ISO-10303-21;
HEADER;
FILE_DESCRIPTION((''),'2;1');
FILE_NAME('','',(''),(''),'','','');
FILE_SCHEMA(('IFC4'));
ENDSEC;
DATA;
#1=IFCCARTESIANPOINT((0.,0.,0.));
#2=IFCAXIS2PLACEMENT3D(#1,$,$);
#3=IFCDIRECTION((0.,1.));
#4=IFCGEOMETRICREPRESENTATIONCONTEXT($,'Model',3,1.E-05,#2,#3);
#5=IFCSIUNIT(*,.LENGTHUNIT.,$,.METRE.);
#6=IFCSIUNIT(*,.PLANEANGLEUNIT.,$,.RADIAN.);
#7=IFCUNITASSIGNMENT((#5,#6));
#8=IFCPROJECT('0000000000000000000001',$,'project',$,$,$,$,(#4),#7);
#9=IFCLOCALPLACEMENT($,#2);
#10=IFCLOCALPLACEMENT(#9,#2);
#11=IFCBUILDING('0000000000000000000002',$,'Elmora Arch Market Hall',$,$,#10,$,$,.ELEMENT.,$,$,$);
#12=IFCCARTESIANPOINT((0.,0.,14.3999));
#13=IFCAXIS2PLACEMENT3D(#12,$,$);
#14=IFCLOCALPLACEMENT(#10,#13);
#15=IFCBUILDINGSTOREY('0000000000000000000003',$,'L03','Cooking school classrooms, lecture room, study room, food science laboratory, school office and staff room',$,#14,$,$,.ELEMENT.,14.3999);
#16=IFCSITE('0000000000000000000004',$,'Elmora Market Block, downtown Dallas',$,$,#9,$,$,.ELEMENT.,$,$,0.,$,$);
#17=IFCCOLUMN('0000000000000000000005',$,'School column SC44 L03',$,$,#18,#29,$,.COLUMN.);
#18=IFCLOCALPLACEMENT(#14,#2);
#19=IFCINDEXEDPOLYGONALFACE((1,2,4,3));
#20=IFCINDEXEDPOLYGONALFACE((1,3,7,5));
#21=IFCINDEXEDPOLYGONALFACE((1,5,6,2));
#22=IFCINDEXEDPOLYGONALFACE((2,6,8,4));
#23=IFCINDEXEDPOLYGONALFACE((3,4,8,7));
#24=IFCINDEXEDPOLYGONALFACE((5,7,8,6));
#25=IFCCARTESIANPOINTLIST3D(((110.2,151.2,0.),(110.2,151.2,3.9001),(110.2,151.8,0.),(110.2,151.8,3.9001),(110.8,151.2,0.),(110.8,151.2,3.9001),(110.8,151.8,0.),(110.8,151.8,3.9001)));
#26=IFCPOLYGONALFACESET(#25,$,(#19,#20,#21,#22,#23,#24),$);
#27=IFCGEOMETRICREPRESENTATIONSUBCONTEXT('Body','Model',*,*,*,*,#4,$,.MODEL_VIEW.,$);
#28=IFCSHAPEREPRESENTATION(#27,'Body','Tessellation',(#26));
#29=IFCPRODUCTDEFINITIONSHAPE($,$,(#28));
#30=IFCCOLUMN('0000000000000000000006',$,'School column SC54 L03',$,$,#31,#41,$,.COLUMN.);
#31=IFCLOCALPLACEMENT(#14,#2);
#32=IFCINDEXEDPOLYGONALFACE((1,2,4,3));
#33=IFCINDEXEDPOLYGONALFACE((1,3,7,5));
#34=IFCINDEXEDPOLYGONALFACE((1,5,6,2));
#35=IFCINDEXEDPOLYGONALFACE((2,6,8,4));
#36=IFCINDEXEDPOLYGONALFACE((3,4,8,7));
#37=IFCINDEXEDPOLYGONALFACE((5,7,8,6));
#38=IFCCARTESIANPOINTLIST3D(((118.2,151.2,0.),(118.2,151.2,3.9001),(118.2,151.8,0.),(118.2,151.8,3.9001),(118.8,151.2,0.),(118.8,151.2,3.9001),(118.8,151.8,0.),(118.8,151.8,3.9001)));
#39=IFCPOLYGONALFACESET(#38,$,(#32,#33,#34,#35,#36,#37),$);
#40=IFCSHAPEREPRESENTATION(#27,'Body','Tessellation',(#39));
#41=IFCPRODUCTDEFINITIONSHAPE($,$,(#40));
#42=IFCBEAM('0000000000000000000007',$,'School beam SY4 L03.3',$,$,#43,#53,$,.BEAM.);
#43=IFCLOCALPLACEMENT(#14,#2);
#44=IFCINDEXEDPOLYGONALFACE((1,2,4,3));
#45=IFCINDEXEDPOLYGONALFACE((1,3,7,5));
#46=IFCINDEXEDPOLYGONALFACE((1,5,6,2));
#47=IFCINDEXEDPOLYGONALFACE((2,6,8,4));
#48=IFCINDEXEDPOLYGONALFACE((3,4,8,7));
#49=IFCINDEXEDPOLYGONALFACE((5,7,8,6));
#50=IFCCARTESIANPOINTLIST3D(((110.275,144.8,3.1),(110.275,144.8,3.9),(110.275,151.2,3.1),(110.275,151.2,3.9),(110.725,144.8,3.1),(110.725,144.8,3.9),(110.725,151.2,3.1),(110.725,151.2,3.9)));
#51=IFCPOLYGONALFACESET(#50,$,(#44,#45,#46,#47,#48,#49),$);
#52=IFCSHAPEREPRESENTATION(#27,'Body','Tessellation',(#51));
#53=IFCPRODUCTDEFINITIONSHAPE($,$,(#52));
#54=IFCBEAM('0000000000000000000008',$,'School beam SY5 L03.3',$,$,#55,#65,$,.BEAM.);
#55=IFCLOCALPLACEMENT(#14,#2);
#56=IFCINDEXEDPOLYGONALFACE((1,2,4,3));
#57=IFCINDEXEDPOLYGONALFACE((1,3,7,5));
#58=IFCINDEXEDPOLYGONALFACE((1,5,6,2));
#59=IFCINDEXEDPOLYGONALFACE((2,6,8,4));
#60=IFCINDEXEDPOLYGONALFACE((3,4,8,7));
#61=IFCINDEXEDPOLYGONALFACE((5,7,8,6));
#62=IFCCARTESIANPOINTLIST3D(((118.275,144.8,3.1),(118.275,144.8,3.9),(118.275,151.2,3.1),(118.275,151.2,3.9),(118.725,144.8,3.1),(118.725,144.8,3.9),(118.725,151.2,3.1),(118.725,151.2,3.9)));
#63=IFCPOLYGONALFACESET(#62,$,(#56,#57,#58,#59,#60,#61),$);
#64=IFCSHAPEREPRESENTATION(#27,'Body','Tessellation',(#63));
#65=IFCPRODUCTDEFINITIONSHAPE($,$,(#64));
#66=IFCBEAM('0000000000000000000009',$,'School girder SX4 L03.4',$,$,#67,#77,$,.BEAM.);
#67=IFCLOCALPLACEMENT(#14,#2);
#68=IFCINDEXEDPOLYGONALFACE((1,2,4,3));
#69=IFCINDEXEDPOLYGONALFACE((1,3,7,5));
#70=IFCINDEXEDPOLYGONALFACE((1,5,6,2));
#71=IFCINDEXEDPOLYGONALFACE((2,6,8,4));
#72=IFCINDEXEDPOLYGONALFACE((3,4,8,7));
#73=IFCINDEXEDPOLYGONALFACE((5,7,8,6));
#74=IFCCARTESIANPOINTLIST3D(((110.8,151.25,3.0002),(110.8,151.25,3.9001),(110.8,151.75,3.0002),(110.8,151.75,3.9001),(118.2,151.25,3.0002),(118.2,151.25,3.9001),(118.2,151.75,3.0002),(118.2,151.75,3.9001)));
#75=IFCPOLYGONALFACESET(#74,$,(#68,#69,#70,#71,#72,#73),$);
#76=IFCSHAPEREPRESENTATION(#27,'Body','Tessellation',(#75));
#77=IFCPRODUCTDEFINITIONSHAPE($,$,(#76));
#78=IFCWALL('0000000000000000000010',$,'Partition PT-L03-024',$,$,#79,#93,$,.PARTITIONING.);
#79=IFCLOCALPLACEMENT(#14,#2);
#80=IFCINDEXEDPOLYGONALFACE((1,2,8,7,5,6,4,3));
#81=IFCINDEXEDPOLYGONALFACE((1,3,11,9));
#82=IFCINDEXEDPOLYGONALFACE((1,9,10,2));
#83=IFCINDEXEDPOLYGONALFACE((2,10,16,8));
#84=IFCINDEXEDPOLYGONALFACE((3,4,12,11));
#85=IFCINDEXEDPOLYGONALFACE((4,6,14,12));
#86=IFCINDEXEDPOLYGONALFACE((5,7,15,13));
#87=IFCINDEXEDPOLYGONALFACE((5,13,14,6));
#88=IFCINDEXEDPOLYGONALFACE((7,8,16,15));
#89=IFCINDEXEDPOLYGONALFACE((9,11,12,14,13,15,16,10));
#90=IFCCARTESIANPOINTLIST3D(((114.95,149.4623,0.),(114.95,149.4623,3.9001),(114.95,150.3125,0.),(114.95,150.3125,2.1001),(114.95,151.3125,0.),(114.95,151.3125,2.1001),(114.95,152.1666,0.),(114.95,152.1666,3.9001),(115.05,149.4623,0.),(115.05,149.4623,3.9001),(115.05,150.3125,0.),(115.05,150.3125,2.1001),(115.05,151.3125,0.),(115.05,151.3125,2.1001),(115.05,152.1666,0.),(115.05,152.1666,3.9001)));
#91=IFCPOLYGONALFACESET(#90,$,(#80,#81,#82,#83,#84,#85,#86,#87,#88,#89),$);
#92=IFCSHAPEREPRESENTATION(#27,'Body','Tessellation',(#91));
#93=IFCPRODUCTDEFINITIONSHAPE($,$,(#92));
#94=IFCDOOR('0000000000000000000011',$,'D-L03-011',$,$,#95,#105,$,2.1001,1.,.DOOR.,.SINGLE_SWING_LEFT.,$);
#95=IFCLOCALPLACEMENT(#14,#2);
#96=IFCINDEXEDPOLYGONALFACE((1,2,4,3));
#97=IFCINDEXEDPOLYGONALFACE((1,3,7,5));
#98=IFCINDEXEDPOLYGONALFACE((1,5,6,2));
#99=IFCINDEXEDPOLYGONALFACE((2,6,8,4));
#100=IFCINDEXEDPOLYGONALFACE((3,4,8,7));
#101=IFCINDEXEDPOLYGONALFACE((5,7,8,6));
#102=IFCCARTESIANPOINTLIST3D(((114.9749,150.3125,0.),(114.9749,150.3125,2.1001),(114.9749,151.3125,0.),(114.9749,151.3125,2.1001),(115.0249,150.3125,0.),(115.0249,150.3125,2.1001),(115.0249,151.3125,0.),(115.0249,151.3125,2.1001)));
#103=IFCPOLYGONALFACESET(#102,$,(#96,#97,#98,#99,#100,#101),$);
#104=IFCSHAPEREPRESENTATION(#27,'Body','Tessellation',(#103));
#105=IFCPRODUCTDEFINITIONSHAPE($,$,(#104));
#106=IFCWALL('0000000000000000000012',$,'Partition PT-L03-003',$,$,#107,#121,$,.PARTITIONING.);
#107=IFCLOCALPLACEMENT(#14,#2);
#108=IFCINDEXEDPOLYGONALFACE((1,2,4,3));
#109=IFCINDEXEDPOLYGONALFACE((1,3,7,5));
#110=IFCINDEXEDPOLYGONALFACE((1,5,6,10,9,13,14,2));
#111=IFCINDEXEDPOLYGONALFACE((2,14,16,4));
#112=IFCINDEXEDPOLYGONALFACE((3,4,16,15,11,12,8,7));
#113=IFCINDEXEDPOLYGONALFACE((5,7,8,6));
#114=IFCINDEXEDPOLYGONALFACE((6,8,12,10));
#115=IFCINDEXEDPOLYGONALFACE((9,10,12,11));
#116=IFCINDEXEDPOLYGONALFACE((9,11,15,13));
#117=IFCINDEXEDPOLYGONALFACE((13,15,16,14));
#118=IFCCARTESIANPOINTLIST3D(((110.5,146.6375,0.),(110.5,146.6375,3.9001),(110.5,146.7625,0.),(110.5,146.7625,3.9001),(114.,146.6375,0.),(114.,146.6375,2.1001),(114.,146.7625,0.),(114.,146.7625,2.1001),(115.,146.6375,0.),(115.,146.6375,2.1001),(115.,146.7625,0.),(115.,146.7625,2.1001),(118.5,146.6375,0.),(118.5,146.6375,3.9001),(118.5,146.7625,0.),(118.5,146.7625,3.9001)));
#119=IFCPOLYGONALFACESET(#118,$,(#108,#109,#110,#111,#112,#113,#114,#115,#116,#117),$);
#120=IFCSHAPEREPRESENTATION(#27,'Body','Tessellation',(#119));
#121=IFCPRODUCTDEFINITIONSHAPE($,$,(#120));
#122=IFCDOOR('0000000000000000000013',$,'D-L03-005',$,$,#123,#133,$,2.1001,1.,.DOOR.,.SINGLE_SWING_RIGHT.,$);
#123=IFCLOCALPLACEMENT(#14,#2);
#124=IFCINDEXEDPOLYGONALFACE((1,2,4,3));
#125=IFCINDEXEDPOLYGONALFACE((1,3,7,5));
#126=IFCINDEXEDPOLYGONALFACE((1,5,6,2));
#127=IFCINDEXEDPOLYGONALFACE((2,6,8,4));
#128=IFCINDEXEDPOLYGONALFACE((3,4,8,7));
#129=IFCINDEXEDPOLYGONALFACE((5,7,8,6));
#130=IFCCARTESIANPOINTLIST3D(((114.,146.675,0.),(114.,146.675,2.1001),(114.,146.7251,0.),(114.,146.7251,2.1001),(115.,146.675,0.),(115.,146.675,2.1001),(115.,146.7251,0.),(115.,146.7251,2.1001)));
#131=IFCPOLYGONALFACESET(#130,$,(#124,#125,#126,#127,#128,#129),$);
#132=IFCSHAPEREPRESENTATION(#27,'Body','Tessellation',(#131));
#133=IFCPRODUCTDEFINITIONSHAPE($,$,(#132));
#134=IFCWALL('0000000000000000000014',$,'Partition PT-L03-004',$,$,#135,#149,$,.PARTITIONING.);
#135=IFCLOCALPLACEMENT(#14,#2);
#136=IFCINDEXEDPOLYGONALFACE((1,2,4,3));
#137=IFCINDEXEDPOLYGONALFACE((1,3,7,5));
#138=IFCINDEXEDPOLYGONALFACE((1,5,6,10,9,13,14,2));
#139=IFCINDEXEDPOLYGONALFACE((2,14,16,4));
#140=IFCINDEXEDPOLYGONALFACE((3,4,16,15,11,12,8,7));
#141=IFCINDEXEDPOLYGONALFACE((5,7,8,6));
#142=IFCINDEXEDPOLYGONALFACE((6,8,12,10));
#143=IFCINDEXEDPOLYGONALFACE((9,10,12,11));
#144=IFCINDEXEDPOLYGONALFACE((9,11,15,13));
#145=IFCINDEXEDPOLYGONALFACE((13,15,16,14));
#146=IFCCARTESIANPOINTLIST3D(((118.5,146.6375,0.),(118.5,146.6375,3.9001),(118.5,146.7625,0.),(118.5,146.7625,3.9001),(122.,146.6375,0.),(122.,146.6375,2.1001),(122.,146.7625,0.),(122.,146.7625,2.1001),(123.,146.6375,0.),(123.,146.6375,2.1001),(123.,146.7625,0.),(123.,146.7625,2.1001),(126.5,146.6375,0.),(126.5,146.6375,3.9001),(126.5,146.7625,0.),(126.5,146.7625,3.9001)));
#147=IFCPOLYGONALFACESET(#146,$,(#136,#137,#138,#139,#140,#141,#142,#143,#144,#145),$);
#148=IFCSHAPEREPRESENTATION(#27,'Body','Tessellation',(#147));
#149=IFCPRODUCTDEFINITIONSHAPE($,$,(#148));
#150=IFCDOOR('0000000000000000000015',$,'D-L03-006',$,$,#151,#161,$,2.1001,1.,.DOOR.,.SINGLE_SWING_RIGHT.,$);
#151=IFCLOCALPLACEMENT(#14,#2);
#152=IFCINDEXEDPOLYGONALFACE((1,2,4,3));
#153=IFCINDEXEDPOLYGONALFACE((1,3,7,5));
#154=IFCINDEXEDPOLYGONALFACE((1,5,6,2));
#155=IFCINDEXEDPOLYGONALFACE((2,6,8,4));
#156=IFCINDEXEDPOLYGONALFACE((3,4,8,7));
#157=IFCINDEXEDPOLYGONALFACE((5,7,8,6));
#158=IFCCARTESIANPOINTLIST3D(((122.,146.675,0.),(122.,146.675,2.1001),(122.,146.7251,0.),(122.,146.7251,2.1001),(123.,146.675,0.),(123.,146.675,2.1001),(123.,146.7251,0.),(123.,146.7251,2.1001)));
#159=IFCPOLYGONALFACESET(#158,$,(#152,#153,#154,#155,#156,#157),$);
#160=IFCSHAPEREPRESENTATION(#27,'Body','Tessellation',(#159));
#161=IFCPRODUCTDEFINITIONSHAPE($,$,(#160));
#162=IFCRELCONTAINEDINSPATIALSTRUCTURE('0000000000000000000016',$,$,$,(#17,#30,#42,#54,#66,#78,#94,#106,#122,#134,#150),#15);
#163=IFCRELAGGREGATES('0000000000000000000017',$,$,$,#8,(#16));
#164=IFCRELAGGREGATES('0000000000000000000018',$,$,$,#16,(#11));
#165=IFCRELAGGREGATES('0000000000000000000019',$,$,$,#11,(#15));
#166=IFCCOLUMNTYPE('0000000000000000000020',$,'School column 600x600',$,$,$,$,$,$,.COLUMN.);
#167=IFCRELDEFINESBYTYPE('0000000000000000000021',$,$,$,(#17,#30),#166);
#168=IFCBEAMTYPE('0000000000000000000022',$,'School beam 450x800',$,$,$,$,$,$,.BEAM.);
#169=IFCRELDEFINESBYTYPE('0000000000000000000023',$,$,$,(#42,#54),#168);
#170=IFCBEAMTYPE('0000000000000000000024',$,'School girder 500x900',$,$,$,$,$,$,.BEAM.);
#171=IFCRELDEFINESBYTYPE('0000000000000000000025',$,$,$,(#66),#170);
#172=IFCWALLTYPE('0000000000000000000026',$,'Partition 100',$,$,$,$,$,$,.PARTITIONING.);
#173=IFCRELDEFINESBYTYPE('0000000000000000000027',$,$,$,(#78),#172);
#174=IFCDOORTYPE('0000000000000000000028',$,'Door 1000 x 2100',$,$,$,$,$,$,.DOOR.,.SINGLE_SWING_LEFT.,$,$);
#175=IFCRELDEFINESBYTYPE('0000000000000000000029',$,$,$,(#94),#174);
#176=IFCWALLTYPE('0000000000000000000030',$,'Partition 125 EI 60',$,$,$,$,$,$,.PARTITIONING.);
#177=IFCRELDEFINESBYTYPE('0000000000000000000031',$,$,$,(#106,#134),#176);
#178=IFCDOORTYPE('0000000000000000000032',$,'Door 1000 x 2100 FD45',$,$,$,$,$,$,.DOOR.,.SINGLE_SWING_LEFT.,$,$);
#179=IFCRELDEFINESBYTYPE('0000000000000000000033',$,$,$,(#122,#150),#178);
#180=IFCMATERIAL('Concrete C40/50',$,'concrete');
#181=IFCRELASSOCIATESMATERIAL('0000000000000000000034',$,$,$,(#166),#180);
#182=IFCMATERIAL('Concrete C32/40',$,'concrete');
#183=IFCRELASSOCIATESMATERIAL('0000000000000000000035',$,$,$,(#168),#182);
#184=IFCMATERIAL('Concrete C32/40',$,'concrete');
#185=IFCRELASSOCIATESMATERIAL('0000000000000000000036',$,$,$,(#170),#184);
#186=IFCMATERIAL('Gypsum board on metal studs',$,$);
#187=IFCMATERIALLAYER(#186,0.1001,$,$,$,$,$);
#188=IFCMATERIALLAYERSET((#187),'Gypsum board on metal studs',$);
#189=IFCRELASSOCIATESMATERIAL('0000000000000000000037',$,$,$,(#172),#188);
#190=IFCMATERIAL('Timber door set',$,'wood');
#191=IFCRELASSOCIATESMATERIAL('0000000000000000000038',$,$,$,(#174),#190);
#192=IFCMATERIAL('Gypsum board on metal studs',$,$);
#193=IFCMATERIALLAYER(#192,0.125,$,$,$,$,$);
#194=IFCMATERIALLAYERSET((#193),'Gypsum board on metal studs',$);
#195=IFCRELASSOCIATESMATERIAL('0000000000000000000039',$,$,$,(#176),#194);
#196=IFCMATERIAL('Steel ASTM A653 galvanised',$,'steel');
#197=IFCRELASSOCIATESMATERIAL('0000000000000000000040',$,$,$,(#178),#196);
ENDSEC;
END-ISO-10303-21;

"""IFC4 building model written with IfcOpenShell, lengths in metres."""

from ifc_helpers import new_model, si_unit, direction, frame, frame_2d, origin, origin_2d, place, context, subcontext, project, spatial, rectangle, extrude, material, layer, layer_set, material_profile, profile_set, type_object, element, fill, save


model = new_model("IFC4")

# Units and contexts
model_context = context("Model", 3, precision=1e-05, world=origin(), true_north=direction((0.0, 1.0)))
body_context = subcontext(model_context, "Body", "Model", "MODEL_VIEW")
ifc_project = project(units=[si_unit("LENGTHUNIT", "METRE"), si_unit("PLANEANGLEUNIT", "RADIAN")], contexts=[model_context])

# Site, building, storey
site_placement = place(None, origin())
site = spatial("IfcSite", under=ifc_project, at=site_placement, Name="Elmora Market Block, downtown Dallas", CompositionType="ELEMENT", RefElevation=0.0)
building_placement = place(site_placement, origin())
building = spatial("IfcBuilding", under=site, at=building_placement, Name="Elmora Arch Market Hall", CompositionType="ELEMENT")
storey_placement = place(building_placement, frame((0.0, 0.0, 14.3999)))
storey = spatial("IfcBuildingStorey", under=building, at=storey_placement, Name="L03", Description="Cooking school classrooms, lecture room, study room, food science laboratory, school office and staff room", CompositionType="ELEMENT", Elevation=14.3999)

# Columns
ifc_material_1 = material(Name="Concrete C40/50", Category="concrete")
ifc_material_profile_1 = material_profile(ifc_material_1, rectangle(XDim=0.6001, YDim=0.6001, at=origin_2d()), Name="School column 600x600")
ifc_profile_set_1 = profile_set([ifc_material_profile_1], Name="Concrete C40/50")
column_type = type_object("IfcColumnType", Name="School column 600x600", PredefinedType="COLUMN", material=ifc_profile_set_1)
for number, where, z_axis, x_axis, name in (
    (1, (110.5, 151.5, 0.0), (0.0, 0.0, 1.0), (1.0, 0.0, 0.0), "School column SC44 L03"),
    (2, (118.5, 151.5, 0.0), (0.0, 0.0, 1.0), (1.0, 0.0, 0.0), "School column SC54 L03"),
):
    element("IfcColumn", number, at=place(storey_placement, frame(where, z_axis=z_axis, x_axis=x_axis)), inside=storey, type_object=column_type, Name=name, PredefinedType="COLUMN", context=body_context, shape_type="SweptSolid", body=[
        extrude(rectangle(XDim=0.6001, YDim=0.6001, at=origin_2d()), origin(), (0.0, 0.0, 1.0), 3.9001),
    ])

# Beams
ifc_material_2 = material(Name="Concrete C32/40", Category="concrete")
ifc_material_profile_2 = material_profile(ifc_material_2, rectangle(XDim=0.45, YDim=0.8, at=origin_2d()), Name="School beam 450x800")
ifc_profile_set_2 = profile_set([ifc_material_profile_2], Name="Concrete C32/40")
beam_type_1 = type_object("IfcBeamType", Name="School beam 450x800", PredefinedType="BEAM", material=ifc_profile_set_2)
for number, where, z_axis, x_axis, name in (
    (3, (110.5, 144.8, 3.5), (0.0, 1.0, 0.0), (-1.0, 0.0, 0.0), "School beam SY4 L03.3"),
    (4, (118.5, 144.8, 3.5), (0.0, 1.0, 0.0), (-1.0, 0.0, 0.0), "School beam SY5 L03.3"),
):
    element("IfcBeam", number, at=place(storey_placement, frame(where, z_axis=z_axis, x_axis=x_axis)), inside=storey, type_object=beam_type_1, Name=name, PredefinedType="BEAM", context=body_context, shape_type="SweptSolid", body=[
        extrude(rectangle(XDim=0.45, YDim=0.8, at=origin_2d()), origin(), (0.0, 0.0, 1.0), 6.3999),
    ])
ifc_material_3 = material(Name="Concrete C32/40", Category="concrete")
ifc_material_profile_3 = material_profile(ifc_material_3, rectangle(XDim=0.5, YDim=0.8999, at=origin_2d()), Name="School girder 500x900")
ifc_profile_set_3 = profile_set([ifc_material_profile_3], Name="Concrete C32/40")
beam_type_2 = type_object("IfcBeamType", Name="School girder 500x900", PredefinedType="BEAM", material=ifc_profile_set_3)
beam_placement = place(storey_placement, frame((110.8, 151.5, 3.4502), z_axis=(1.0, 0.0, 0.0), x_axis=(0.0, 1.0, 0.0)))
element("IfcBeam", 5, at=beam_placement, inside=storey, type_object=beam_type_2, Name="School girder SX4 L03.4", PredefinedType="BEAM", context=body_context, shape_type="SweptSolid", body=[
    extrude(rectangle(XDim=0.5, YDim=0.8999, at=origin_2d()), origin(), (0.0, 0.0, 1.0), 7.3999),
])

# Walls, openings, doors
ifc_material_4 = material(Name="Gypsum board on metal studs")
ifc_layer_1 = layer(ifc_material_4, 0.1001)
ifc_layer_set_1 = layer_set([ifc_layer_1], Name="Gypsum board on metal studs")
wall_type_1 = type_object("IfcWallType", Name="Partition 100", PredefinedType="PARTITIONING", material=ifc_layer_set_1)
wall_1_placement = place(storey_placement, frame((115.0, 149.4624, 0.0), z_axis=(0.0, 0.0, 1.0), x_axis=(0.0, 1.0, 0.0)))
wall_1 = element("IfcWall", 6, at=wall_1_placement, inside=storey, type_object=wall_type_1, Name="Partition PT-L03-024", PredefinedType="PARTITIONING", context=body_context, shape_type="SweptSolid", body=[
    extrude(rectangle(XDim=2.7043, YDim=0.1001, at=frame_2d((1.3521, 0.0))), origin(), (0.0, 0.0, 1.0), 3.9001),
])
opening_1_placement = place(wall_1_placement, frame((0.8501, 0.0, 0.0)))
opening_1 = element("IfcOpeningElement", 7, at=opening_1_placement, cuts=wall_1, PredefinedType="OPENING", context=body_context, shape_type="SweptSolid", body=[
    extrude(rectangle(XDim=1.0, YDim=2.1001, at=frame_2d((0.5, 1.05))), frame((0.0, 0.0601, 0.0), z_axis=(0.0, -1.0, 0.0), x_axis=(1.0, 0.0, 0.0)), (0.0, 0.0, 1.0), 0.1201),
])
ifc_material_5 = material(Name="Timber door set", Category="wood")
door_type_1 = type_object("IfcDoorType", Name="Door 1000 x 2100", OperationType="SINGLE_SWING_LEFT", PredefinedType="DOOR", material=ifc_material_5)
door_1_placement = place(opening_1_placement, frame((1.0, 0.0, 0.0), z_axis=(0.0, 0.0, 1.0), x_axis=(-1.0, 0.0, 0.0)))
door_1 = element("IfcDoor", 8, at=door_1_placement, inside=storey, type_object=door_type_1, Name="D-L03-011", OperationType="SINGLE_SWING_LEFT", OverallHeight=2.1001, OverallWidth=1.0, PredefinedType="DOOR", context=body_context, shape_type="SweptSolid", body=[
    extrude(rectangle(XDim=1.0, YDim=2.1001, at=frame_2d((0.5, 1.05))), frame((0.0, 0.0249, 0.0), z_axis=(0.0, -1.0, 0.0), x_axis=(1.0, 0.0, 0.0)), (0.0, 0.0, 1.0), 0.05),
])
fill(opening_1, door_1)
ifc_material_6 = material(Name="Gypsum board on metal studs")
ifc_layer_2 = layer(ifc_material_6, 0.125)
ifc_layer_set_2 = layer_set([ifc_layer_2], Name="Gypsum board on metal studs")
wall_type_2 = type_object("IfcWallType", Name="Partition 125 EI 60", PredefinedType="PARTITIONING", material=ifc_layer_set_2)
wall_2_placement = place(storey_placement, frame((110.5, 146.7, 0.0), z_axis=(0.0, 0.0, 1.0), x_axis=(1.0, 0.0, 0.0)))
wall_2 = element("IfcWall", 9, at=wall_2_placement, inside=storey, type_object=wall_type_2, Name="Partition PT-L03-003", PredefinedType="PARTITIONING", context=body_context, shape_type="SweptSolid", body=[
    extrude(rectangle(XDim=8.0, YDim=0.125, at=frame_2d((4.0, 0.0))), origin(), (0.0, 0.0, 1.0), 3.9001),
])
opening_2_placement = place(wall_2_placement, frame((3.5, 0.0, 0.0)))
opening_2 = element("IfcOpeningElement", 10, at=opening_2_placement, cuts=wall_2, PredefinedType="OPENING", context=body_context, shape_type="SweptSolid", body=[
    extrude(rectangle(XDim=1.0, YDim=2.1001, at=frame_2d((0.5, 1.05))), frame((0.0, 0.0725, 0.0), z_axis=(0.0, -1.0, 0.0), x_axis=(1.0, 0.0, 0.0)), (0.0, 0.0, 1.0), 0.145),
])
ifc_material_7 = material(Name="Steel ASTM A653 galvanised", Category="steel")
door_type_2 = type_object("IfcDoorType", Name="Door 1000 x 2100 FD45", OperationType="SINGLE_SWING_LEFT", PredefinedType="DOOR", material=ifc_material_7)
door_2_placement = place(opening_2_placement, frame((1.0, 0.0, 0.0), z_axis=(0.0, 0.0, 1.0), x_axis=(-1.0, 0.0, 0.0)))
door_2 = element("IfcDoor", 11, at=door_2_placement, inside=storey, type_object=door_type_2, Name="D-L03-005", OperationType="SINGLE_SWING_RIGHT", OverallHeight=2.1001, OverallWidth=1.0, PredefinedType="DOOR", context=body_context, shape_type="SweptSolid", body=[
    extrude(rectangle(XDim=1.0, YDim=2.1001, at=frame_2d((0.5, 1.05))), frame((0.0, 0.0249, 0.0), z_axis=(0.0, -1.0, 0.0), x_axis=(1.0, 0.0, 0.0)), (0.0, 0.0, 1.0), 0.05),
])
fill(opening_2, door_2)
wall_3_placement = place(storey_placement, frame((118.5, 146.7, 0.0), z_axis=(0.0, 0.0, 1.0), x_axis=(1.0, 0.0, 0.0)))
wall_3 = element("IfcWall", 12, at=wall_3_placement, inside=storey, type_object=wall_type_2, Name="Partition PT-L03-004", PredefinedType="PARTITIONING", context=body_context, shape_type="SweptSolid", body=[
    extrude(rectangle(XDim=8.0, YDim=0.125, at=frame_2d((4.0, 0.0))), origin(), (0.0, 0.0, 1.0), 3.9001),
])
opening_3_placement = place(wall_3_placement, frame((3.5, 0.0, 0.0)))
opening_3 = element("IfcOpeningElement", 13, at=opening_3_placement, cuts=wall_3, PredefinedType="OPENING", context=body_context, shape_type="SweptSolid", body=[
    extrude(rectangle(XDim=1.0, YDim=2.1001, at=frame_2d((0.5, 1.05))), frame((0.0, 0.0725, 0.0), z_axis=(0.0, -1.0, 0.0), x_axis=(1.0, 0.0, 0.0)), (0.0, 0.0, 1.0), 0.145),
])
door_3_placement = place(opening_3_placement, frame((1.0, 0.0, 0.0), z_axis=(0.0, 0.0, 1.0), x_axis=(-1.0, 0.0, 0.0)))
door_3 = element("IfcDoor", 14, at=door_3_placement, inside=storey, type_object=door_type_2, Name="D-L03-006", OperationType="SINGLE_SWING_RIGHT", OverallHeight=2.1001, OverallWidth=1.0, PredefinedType="DOOR", context=body_context, shape_type="SweptSolid", body=[
    extrude(rectangle(XDim=1.0, YDim=2.1001, at=frame_2d((0.5, 1.05))), frame((0.0, 0.0249, 0.0), z_axis=(0.0, -1.0, 0.0), x_axis=(1.0, 0.0, 0.0)), (0.0, 0.0, 1.0), 0.05),
])
fill(opening_3, door_3)

save(model, "model.ifc")
